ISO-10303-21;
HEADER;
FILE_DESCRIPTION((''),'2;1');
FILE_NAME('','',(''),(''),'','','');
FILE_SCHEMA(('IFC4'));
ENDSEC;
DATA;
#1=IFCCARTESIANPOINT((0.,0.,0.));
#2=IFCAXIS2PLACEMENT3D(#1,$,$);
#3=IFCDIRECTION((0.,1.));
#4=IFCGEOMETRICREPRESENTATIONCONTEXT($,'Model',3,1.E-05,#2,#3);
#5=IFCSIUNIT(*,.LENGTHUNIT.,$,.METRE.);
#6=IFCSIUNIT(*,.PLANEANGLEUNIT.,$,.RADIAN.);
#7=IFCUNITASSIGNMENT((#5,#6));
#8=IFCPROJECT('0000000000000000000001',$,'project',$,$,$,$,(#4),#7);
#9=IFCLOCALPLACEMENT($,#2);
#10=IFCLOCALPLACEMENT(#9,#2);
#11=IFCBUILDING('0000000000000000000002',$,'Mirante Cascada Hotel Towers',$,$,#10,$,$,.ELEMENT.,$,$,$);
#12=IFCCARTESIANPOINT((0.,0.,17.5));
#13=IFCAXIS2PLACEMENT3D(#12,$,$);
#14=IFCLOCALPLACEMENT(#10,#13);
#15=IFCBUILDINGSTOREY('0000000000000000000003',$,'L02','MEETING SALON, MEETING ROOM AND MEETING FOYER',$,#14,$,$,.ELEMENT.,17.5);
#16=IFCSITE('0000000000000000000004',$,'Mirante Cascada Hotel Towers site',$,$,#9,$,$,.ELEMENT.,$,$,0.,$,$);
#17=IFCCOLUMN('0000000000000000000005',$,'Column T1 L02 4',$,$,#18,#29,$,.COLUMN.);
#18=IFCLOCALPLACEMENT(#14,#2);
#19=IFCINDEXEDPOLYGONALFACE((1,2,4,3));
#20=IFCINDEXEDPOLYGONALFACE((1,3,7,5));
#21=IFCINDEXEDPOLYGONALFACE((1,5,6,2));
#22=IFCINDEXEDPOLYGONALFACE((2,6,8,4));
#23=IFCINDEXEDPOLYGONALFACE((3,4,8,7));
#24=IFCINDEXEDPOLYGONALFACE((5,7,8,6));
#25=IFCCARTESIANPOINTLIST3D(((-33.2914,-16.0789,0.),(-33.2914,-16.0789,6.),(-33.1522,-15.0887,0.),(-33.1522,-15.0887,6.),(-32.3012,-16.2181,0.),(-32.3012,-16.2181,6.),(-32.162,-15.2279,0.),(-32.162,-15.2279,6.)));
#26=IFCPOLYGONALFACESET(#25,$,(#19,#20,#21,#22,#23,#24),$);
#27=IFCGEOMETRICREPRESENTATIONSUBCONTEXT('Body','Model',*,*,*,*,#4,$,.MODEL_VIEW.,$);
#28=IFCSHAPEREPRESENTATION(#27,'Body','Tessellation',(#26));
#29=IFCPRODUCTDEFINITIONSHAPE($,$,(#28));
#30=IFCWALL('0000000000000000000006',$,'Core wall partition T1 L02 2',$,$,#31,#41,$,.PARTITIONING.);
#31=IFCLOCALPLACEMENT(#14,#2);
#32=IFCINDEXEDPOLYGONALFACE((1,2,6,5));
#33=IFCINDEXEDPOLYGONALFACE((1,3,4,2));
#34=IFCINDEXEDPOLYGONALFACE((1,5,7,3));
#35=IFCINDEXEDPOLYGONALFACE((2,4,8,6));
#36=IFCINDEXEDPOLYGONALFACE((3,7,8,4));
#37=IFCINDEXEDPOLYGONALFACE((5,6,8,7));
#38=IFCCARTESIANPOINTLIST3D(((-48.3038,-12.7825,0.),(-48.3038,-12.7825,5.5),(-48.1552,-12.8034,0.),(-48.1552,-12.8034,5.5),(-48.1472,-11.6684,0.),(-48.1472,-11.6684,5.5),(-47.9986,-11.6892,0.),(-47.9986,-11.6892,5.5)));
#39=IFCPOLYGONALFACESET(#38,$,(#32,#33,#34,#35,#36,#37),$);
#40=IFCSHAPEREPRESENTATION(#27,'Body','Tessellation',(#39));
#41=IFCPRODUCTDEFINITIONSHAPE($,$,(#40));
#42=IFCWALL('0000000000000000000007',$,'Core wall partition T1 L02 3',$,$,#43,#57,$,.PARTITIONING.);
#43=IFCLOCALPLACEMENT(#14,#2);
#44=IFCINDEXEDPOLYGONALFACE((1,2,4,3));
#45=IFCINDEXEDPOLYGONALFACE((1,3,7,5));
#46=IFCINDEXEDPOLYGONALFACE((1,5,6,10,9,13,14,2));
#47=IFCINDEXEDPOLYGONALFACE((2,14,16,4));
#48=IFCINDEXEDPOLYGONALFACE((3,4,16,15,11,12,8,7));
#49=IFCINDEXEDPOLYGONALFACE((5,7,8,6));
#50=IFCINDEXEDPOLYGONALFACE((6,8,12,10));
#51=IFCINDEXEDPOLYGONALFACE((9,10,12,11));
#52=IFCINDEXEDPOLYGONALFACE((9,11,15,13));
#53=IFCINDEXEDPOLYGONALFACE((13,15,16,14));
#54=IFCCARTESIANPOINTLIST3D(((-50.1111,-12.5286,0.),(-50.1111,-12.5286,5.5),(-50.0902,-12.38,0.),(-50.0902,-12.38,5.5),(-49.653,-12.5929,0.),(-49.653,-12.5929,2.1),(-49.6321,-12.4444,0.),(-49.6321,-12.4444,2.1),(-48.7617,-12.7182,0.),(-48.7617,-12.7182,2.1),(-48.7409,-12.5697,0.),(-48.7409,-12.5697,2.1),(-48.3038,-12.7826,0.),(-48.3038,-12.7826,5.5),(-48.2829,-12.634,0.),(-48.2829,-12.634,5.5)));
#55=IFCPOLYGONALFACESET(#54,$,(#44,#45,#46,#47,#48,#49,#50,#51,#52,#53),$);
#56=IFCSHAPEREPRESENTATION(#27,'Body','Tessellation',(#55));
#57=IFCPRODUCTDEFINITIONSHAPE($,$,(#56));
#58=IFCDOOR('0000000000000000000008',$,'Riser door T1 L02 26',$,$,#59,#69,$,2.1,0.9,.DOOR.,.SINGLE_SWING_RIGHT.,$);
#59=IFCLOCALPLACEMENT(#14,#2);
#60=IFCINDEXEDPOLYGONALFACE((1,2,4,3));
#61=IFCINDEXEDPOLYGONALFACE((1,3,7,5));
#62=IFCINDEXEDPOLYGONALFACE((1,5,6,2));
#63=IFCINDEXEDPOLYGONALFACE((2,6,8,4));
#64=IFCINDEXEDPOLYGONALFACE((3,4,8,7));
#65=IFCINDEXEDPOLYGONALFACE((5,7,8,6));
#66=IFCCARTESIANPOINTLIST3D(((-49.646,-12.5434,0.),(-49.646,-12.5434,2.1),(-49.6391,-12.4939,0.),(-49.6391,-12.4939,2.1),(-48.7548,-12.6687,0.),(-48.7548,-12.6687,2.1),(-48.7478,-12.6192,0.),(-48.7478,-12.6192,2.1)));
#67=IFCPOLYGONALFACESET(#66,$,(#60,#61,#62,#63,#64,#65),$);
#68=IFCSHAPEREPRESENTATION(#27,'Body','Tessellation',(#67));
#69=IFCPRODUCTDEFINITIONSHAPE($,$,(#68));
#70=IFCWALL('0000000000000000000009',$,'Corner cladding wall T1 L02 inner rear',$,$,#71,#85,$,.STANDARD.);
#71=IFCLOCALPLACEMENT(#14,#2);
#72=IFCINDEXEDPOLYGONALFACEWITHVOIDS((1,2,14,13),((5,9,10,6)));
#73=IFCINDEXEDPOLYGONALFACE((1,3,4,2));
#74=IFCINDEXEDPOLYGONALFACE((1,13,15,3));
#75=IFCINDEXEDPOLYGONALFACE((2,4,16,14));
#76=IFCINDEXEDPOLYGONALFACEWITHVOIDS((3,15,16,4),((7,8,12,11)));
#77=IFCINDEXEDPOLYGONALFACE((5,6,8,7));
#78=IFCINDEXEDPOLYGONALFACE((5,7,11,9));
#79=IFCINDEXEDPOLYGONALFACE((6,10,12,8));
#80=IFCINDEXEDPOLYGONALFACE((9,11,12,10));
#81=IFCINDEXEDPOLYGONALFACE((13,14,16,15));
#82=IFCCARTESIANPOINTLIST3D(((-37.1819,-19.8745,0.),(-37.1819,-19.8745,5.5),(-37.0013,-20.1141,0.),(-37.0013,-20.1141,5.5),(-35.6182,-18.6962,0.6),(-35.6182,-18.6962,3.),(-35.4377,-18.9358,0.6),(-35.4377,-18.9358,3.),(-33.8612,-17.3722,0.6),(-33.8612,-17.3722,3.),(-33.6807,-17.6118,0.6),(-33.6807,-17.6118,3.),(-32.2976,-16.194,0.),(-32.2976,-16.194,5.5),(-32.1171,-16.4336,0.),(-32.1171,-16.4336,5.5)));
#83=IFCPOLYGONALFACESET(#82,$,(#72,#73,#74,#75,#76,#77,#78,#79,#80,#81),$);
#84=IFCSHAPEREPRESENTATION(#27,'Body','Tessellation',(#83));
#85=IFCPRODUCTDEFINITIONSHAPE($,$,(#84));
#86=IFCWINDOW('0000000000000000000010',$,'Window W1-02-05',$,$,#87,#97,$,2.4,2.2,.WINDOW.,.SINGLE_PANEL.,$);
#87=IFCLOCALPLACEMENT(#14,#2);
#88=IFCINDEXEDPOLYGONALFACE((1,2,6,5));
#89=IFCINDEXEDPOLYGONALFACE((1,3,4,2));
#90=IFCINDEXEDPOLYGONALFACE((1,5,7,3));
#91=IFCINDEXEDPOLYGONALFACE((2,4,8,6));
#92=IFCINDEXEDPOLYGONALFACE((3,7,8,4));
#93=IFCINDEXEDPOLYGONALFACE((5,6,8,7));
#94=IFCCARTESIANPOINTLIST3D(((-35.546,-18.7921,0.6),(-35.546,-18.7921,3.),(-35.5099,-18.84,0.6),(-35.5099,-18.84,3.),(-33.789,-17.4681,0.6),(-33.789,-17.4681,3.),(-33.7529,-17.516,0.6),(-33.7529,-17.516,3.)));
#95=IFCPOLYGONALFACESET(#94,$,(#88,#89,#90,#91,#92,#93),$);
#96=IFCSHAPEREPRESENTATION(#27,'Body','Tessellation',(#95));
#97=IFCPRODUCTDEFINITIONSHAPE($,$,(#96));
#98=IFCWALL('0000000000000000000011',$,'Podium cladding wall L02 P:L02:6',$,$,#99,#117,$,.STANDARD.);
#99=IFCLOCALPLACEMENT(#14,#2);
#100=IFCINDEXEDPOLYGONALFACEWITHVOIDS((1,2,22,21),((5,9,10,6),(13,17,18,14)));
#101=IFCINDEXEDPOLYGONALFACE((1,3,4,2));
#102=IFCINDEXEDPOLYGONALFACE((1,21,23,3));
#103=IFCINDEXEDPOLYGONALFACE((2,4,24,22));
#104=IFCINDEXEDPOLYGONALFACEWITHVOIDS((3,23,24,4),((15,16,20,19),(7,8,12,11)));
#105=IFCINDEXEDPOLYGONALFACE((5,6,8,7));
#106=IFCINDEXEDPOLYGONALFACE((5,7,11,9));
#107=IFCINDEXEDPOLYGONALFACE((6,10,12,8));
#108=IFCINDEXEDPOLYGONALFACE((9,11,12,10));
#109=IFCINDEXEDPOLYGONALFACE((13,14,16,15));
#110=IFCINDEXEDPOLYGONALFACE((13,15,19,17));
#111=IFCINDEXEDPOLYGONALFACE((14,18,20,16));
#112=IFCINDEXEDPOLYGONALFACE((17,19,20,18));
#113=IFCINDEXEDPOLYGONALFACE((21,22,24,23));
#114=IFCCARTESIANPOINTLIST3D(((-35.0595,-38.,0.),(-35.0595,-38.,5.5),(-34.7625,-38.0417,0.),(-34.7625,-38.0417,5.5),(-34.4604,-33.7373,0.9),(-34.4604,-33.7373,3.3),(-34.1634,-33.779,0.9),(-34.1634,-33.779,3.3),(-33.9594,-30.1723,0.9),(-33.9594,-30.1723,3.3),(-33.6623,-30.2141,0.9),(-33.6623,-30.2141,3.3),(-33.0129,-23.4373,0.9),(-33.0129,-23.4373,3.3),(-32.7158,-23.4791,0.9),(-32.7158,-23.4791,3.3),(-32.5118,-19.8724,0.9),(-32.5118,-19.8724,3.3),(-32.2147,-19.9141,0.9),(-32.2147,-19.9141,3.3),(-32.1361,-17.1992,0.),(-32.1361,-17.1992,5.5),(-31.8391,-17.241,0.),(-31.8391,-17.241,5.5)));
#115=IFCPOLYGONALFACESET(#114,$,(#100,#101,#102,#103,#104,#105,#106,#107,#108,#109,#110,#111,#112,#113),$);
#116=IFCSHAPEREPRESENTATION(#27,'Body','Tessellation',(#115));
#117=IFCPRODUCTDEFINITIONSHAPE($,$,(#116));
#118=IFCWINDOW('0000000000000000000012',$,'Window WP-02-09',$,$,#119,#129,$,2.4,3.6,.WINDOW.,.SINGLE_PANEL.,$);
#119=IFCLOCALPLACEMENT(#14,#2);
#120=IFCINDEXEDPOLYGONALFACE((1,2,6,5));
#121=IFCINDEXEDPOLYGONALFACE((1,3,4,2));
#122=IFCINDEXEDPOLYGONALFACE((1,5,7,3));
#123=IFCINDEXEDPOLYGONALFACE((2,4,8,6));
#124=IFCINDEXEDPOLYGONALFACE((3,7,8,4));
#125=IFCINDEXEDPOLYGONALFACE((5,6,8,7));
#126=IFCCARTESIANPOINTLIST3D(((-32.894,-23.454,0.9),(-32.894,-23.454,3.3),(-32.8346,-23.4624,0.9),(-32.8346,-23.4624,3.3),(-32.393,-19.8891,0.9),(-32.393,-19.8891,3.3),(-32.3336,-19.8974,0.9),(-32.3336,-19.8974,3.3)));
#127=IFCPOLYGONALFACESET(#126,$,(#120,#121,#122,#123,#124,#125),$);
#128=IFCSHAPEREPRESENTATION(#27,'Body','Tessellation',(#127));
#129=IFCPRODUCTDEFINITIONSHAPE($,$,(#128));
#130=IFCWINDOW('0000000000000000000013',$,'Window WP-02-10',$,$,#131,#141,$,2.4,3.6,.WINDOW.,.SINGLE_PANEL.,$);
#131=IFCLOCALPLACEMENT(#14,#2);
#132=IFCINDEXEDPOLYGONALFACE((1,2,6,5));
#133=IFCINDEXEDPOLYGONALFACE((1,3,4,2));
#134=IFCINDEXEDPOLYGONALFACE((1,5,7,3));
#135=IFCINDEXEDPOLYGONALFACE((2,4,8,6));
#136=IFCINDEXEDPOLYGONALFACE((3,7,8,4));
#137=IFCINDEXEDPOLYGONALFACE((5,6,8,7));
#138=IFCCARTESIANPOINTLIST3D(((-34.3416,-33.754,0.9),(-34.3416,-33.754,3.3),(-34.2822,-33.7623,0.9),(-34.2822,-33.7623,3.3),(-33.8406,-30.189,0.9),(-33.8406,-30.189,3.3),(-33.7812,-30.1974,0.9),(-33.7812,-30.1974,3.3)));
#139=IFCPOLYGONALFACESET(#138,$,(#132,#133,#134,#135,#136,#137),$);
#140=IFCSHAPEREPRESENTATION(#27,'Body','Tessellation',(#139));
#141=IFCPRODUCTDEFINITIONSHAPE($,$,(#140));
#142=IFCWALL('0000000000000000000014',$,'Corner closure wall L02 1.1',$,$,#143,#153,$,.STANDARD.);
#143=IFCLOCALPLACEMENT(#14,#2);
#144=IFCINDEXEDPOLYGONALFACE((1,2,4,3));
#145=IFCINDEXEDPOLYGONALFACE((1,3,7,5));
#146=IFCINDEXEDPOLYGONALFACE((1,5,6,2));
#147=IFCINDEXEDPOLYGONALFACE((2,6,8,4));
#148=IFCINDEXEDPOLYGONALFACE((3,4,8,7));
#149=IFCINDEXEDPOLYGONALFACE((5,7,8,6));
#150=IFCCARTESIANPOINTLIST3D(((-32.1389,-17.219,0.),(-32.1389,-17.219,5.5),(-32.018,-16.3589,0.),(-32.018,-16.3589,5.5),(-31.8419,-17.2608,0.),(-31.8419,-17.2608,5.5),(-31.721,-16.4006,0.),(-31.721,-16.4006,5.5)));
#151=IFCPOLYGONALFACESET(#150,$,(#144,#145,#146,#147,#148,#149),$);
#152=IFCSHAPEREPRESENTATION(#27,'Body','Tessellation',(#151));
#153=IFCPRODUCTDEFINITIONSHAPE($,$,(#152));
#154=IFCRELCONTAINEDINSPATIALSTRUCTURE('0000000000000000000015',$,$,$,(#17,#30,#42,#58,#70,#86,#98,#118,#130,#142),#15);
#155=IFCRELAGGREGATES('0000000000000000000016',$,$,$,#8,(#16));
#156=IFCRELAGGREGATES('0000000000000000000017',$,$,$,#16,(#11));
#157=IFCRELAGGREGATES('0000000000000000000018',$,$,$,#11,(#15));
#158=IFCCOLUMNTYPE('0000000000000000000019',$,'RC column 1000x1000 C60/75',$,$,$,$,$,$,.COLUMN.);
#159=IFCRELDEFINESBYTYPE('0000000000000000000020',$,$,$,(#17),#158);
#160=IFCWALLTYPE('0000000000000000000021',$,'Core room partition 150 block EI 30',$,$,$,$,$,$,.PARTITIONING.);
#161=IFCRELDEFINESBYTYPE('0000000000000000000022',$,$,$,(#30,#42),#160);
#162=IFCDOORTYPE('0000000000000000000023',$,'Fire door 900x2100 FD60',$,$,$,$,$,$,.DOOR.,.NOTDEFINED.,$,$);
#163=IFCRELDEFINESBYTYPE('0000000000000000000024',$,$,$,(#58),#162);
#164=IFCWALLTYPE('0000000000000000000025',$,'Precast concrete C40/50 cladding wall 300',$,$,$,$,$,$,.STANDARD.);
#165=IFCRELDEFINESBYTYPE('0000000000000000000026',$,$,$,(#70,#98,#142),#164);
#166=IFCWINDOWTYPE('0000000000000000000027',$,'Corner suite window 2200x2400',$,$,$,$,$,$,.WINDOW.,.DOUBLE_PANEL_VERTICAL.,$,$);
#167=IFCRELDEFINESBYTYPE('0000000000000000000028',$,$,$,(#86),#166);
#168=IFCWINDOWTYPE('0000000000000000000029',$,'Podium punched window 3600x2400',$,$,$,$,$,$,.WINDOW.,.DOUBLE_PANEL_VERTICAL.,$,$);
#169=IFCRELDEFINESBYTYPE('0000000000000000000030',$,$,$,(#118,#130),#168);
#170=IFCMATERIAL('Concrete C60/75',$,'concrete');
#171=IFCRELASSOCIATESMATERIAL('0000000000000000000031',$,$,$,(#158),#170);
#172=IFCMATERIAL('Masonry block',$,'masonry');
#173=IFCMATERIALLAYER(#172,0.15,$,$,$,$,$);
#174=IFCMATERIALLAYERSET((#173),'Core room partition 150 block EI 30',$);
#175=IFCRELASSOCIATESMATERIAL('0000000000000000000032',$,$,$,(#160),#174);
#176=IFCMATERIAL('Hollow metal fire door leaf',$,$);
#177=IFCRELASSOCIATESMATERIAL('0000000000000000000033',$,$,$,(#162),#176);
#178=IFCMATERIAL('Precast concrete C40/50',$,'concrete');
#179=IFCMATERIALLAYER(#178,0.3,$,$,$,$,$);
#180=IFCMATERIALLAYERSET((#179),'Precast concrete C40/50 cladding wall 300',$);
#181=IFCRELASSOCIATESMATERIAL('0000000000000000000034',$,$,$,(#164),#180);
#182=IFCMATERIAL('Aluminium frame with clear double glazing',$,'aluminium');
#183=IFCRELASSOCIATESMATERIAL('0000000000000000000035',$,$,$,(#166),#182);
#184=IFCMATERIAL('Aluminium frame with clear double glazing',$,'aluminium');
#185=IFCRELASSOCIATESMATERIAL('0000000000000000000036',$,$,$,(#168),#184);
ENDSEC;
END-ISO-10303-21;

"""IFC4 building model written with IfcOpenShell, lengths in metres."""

from ifc_helpers import new_model, si_unit, direction, frame, frame_2d, origin, origin_2d, place, context, subcontext, project, spatial, rectangle, extrude, material, layer, layer_set, material_profile, profile_set, type_object, element, fill, save


model = new_model("IFC4")

# Units and contexts
model_context = context("Model", 3, precision=1e-05, world=origin(), true_north=direction((0.0, 1.0)))
body_context = subcontext(model_context, "Body", "Model", "MODEL_VIEW")
ifc_project = project(units=[si_unit("LENGTHUNIT", "METRE"), si_unit("PLANEANGLEUNIT", "RADIAN")], contexts=[model_context])

# Site, building, storey
site_placement = place(None, origin())
site = spatial("IfcSite", under=ifc_project, at=site_placement, Name="Mirante Cascada Hotel Towers site", CompositionType="ELEMENT", RefElevation=0.0)
building_placement = place(site_placement, origin())
building = spatial("IfcBuilding", under=site, at=building_placement, Name="Mirante Cascada Hotel Towers", CompositionType="ELEMENT")
storey_placement = place(building_placement, frame((0.0, 0.0, 17.5)))
storey = spatial("IfcBuildingStorey", under=building, at=storey_placement, Name="L02", Description="MEETING SALON, MEETING ROOM AND MEETING FOYER", CompositionType="ELEMENT", Elevation=17.5)

# Column
ifc_material_1 = material(Name="Concrete C60/75", Category="concrete")
ifc_material_profile = material_profile(ifc_material_1, rectangle(XDim=1.0, YDim=1.0, at=origin_2d()), Name="RC column 1000x1000 C60/75")
ifc_profile_set = profile_set([ifc_material_profile], Name="Concrete C60/75")
column_type = type_object("IfcColumnType", Name="RC column 1000x1000 C60/75", PredefinedType="COLUMN", material=ifc_profile_set)
column_placement = place(storey_placement, frame((-32.7267, -15.6534, 0.0), z_axis=(0.0, 0.0, 1.0), x_axis=(-0.990268, 0.139173, 0.0)))
element("IfcColumn", 1, at=column_placement, inside=storey, type_object=column_type, Name="Column T1 L02 4", PredefinedType="COLUMN", context=body_context, shape_type="SweptSolid", body=[
    extrude(rectangle(XDim=1.0, YDim=1.0, at=origin_2d()), origin(), (0.0, 0.0, 1.0), 6.0),
])

# Wall
ifc_material_2 = material(Name="Masonry block", Category="masonry")
ifc_layer_1 = layer(ifc_material_2, 0.15)
ifc_layer_set_1 = layer_set([ifc_layer_1], Name="Core room partition 150 block EI 30")
wall_type_1 = type_object("IfcWallType", Name="Core room partition 150 block EI 30", PredefinedType="PARTITIONING", material=ifc_layer_set_1)
wall_1_placement = place(storey_placement, frame((-48.2295, -12.793, 0.0), z_axis=(0.0, 0.0, 1.0), x_axis=(0.139193, 0.990265, 0.0)))
element("IfcWall", 2, at=wall_1_placement, inside=storey, type_object=wall_type_1, Name="Core wall partition T1 L02 2", PredefinedType="PARTITIONING", context=body_context, shape_type="SweptSolid", body=[
    extrude(rectangle(XDim=1.1251, YDim=0.15, at=frame_2d((0.5626, 0.0))), origin(), (0.0, 0.0, 1.0), 5.5),
])

# Wall, opening, door
wall_2_placement = place(storey_placement, frame((-48.2933, -12.7083, 0.0), z_axis=(0.0, 0.0, 1.0), x_axis=(-0.990268, 0.139173, 0.0)))
wall_2 = element("IfcWall", 3, at=wall_2_placement, inside=storey, type_object=wall_type_1, Name="Core wall partition T1 L02 3", PredefinedType="PARTITIONING", context=body_context, shape_type="SweptSolid", body=[
    extrude(rectangle(XDim=1.8251, YDim=0.15, at=frame_2d((0.9126, 0.0))), origin(), (0.0, 0.0, 1.0), 5.5),
])
opening_1_placement = place(wall_2_placement, frame((0.4625, 0.0, 0.0)))
opening_1 = element("IfcOpeningElement", 4, at=opening_1_placement, cuts=wall_2, PredefinedType="OPENING", context=body_context, shape_type="SweptSolid", body=[
    extrude(rectangle(XDim=0.9, YDim=2.1, at=frame_2d((0.45, 1.05))), frame((0.0, 0.075, 0.0), z_axis=(0.0, -1.0, 0.0), x_axis=(1.0, 0.0, 0.0)), (0.0, 0.0, 1.0), 0.15),
])
ifc_material_3 = material(Name="Hollow metal fire door leaf")
door_type_1 = type_object("IfcDoorType", Name="Fire door 900x2100 FD60", OperationType="NOTDEFINED", PredefinedType="DOOR", material=ifc_material_3)
door_1_placement = place(opening_1_placement, origin())
door_1 = element("IfcDoor", 5, at=door_1_placement, inside=storey, type_object=door_type_1, Name="Riser door T1 L02 26", OperationType="SINGLE_SWING_RIGHT", OverallHeight=2.1, OverallWidth=0.9, PredefinedType="DOOR", context=body_context, shape_type="SweptSolid", body=[
    extrude(rectangle(XDim=0.9, YDim=2.1, at=frame_2d((0.45, 1.05))), frame((0.0, 0.025, 0.0), z_axis=(0.0, -1.0, 0.0), x_axis=(1.0, 0.0, 0.0)), (0.0, 0.0, 1.0), 0.05),
])
fill(opening_1, door_1)

# Wall, opening, window
ifc_material_4 = material(Name="Precast concrete C40/50", Category="concrete")
ifc_layer_2 = layer(ifc_material_4, 0.3)
ifc_layer_set_2 = layer_set([ifc_layer_2], Name="Precast concrete C40/50 cladding wall 300")
wall_type_2 = type_object("IfcWallType", Name="Precast concrete C40/50 cladding wall 300", PredefinedType="STANDARD", material=ifc_layer_set_2)
wall_3_placement = place(storey_placement, frame((-32.2074, -16.3138, 0.0), z_axis=(0.0, 0.0, 1.0), x_axis=(-0.798636, -0.601814, 0.0)))
wall_3 = element("IfcWall", 6, at=wall_3_placement, inside=storey, type_object=wall_type_2, Name="Corner cladding wall T1 L02 inner rear", PredefinedType="STANDARD", context=body_context, shape_type="SweptSolid", body=[
    extrude(rectangle(XDim=6.1157, YDim=0.3, at=frame_2d((3.0578, 0.0))), origin(), (0.0, 0.0, 1.0), 5.5),
])
opening_2_placement = place(wall_3_placement, frame((1.9578, 0.0, 0.6)))
opening_2 = element("IfcOpeningElement", 7, at=opening_2_placement, cuts=wall_3, PredefinedType="OPENING", context=body_context, shape_type="SweptSolid", body=[
    extrude(rectangle(XDim=2.2, YDim=2.4, at=frame_2d((1.1, 1.2))), frame((0.0, 0.15, 0.0), z_axis=(0.0, -1.0, 0.0), x_axis=(1.0, 0.0, 0.0)), (0.0, 0.0, 1.0), 0.3),
])
ifc_material_5 = material(Name="Aluminium frame with clear double glazing", Category="aluminium")
window_type_1 = type_object("IfcWindowType", Name="Corner suite window 2200x2400", PartitioningType="DOUBLE_PANEL_VERTICAL", PredefinedType="WINDOW", material=ifc_material_5)
window_1_placement = place(opening_2_placement, origin())
window_1 = element("IfcWindow", 8, at=window_1_placement, inside=storey, type_object=window_type_1, Name="Window W1-02-05", OverallHeight=2.4, OverallWidth=2.2, PartitioningType="SINGLE_PANEL", PredefinedType="WINDOW", context=body_context, shape_type="SweptSolid", body=[
    extrude(rectangle(XDim=2.2, YDim=2.4, at=frame_2d((1.1, 1.2))), frame((0.0, 0.03, 0.0), z_axis=(0.0, -1.0, 0.0), x_axis=(1.0, 0.0, 0.0)), (0.0, 0.0, 1.0), 0.06),
])
fill(opening_2, window_1)

# Wall, openings, windows
wall_4_placement = place(storey_placement, frame((-31.9876, -17.2201, 0.0), z_axis=(0.0, 0.0, 1.0), x_axis=(-0.139175, -0.990268, 0.0)))
wall_4 = element("IfcWall", 9, at=wall_4_placement, inside=storey, type_object=wall_type_2, Name="Podium cladding wall L02 P:L02:6", PredefinedType="STANDARD", context=body_context, shape_type="SweptSolid", body=[
    extrude(rectangle(XDim=21.0052, YDim=0.3, at=frame_2d((10.5026, 0.0))), origin(), (0.0, 0.0, 1.0), 5.5),
])
opening_3_placement = place(wall_4_placement, frame((2.6994, 0.0, 0.9)))
opening_3 = element("IfcOpeningElement", 10, at=opening_3_placement, cuts=wall_4, PredefinedType="OPENING", context=body_context, shape_type="SweptSolid", body=[
    extrude(rectangle(XDim=3.6, YDim=2.4, at=frame_2d((1.8, 1.2))), frame((0.0, 0.15, 0.0), z_axis=(0.0, -1.0, 0.0), x_axis=(1.0, 0.0, 0.0)), (0.0, 0.0, 1.0), 0.3),
])
opening_4_placement = place(wall_4_placement, frame((13.1006, 0.0, 0.9)))
opening_4 = element("IfcOpeningElement", 11, at=opening_4_placement, cuts=wall_4, PredefinedType="OPENING", context=body_context, shape_type="SweptSolid", body=[
    extrude(rectangle(XDim=3.6, YDim=2.4, at=frame_2d((1.8, 1.2))), frame((0.0, 0.15, 0.0), z_axis=(0.0, -1.0, 0.0), x_axis=(1.0, 0.0, 0.0)), (0.0, 0.0, 1.0), 0.3),
])
ifc_material_6 = material(Name="Aluminium frame with clear double glazing", Category="aluminium")
window_type_2 = type_object("IfcWindowType", Name="Podium punched window 3600x2400", PartitioningType="DOUBLE_PANEL_VERTICAL", PredefinedType="WINDOW", material=ifc_material_6)
window_2_placement = place(opening_3_placement, origin())
window_2 = element("IfcWindow", 12, at=window_2_placement, inside=storey, type_object=window_type_2, Name="Window WP-02-09", OverallHeight=2.4, OverallWidth=3.6, PartitioningType="SINGLE_PANEL", PredefinedType="WINDOW", context=body_context, shape_type="SweptSolid", body=[
    extrude(rectangle(XDim=3.6, YDim=2.4, at=frame_2d((1.8, 1.2))), frame((0.0, 0.03, 0.0), z_axis=(0.0, -1.0, 0.0), x_axis=(1.0, 0.0, 0.0)), (0.0, 0.0, 1.0), 0.06),
])
fill(opening_3, window_2)
window_3_placement = place(opening_4_placement, origin())
window_3 = element("IfcWindow", 13, at=window_3_placement, inside=storey, type_object=window_type_2, Name="Window WP-02-10", OverallHeight=2.4, OverallWidth=3.6, PartitioningType="SINGLE_PANEL", PredefinedType="WINDOW", context=body_context, shape_type="SweptSolid", body=[
    extrude(rectangle(XDim=3.6, YDim=2.4, at=frame_2d((1.8, 1.2))), frame((0.0, 0.03, 0.0), z_axis=(0.0, -1.0, 0.0), x_axis=(1.0, 0.0, 0.0)), (0.0, 0.0, 1.0), 0.06),
])
fill(opening_4, window_3)

# Wall
wall_5_placement = place(storey_placement, frame((-31.9904, -17.2399, 0.0), z_axis=(0.0, 0.0, 1.0), x_axis=(0.139197, 0.990265, 0.0)))
element("IfcWall", 14, at=wall_5_placement, inside=storey, type_object=wall_type_2, Name="Corner closure wall L02 1.1", PredefinedType="STANDARD", context=body_context, shape_type="SweptSolid", body=[
    extrude(rectangle(XDim=0.8686, YDim=0.3, at=frame_2d((0.4343, 0.0))), origin(), (0.0, 0.0, 1.0), 5.5),
])

save(model, "model.ifc")
